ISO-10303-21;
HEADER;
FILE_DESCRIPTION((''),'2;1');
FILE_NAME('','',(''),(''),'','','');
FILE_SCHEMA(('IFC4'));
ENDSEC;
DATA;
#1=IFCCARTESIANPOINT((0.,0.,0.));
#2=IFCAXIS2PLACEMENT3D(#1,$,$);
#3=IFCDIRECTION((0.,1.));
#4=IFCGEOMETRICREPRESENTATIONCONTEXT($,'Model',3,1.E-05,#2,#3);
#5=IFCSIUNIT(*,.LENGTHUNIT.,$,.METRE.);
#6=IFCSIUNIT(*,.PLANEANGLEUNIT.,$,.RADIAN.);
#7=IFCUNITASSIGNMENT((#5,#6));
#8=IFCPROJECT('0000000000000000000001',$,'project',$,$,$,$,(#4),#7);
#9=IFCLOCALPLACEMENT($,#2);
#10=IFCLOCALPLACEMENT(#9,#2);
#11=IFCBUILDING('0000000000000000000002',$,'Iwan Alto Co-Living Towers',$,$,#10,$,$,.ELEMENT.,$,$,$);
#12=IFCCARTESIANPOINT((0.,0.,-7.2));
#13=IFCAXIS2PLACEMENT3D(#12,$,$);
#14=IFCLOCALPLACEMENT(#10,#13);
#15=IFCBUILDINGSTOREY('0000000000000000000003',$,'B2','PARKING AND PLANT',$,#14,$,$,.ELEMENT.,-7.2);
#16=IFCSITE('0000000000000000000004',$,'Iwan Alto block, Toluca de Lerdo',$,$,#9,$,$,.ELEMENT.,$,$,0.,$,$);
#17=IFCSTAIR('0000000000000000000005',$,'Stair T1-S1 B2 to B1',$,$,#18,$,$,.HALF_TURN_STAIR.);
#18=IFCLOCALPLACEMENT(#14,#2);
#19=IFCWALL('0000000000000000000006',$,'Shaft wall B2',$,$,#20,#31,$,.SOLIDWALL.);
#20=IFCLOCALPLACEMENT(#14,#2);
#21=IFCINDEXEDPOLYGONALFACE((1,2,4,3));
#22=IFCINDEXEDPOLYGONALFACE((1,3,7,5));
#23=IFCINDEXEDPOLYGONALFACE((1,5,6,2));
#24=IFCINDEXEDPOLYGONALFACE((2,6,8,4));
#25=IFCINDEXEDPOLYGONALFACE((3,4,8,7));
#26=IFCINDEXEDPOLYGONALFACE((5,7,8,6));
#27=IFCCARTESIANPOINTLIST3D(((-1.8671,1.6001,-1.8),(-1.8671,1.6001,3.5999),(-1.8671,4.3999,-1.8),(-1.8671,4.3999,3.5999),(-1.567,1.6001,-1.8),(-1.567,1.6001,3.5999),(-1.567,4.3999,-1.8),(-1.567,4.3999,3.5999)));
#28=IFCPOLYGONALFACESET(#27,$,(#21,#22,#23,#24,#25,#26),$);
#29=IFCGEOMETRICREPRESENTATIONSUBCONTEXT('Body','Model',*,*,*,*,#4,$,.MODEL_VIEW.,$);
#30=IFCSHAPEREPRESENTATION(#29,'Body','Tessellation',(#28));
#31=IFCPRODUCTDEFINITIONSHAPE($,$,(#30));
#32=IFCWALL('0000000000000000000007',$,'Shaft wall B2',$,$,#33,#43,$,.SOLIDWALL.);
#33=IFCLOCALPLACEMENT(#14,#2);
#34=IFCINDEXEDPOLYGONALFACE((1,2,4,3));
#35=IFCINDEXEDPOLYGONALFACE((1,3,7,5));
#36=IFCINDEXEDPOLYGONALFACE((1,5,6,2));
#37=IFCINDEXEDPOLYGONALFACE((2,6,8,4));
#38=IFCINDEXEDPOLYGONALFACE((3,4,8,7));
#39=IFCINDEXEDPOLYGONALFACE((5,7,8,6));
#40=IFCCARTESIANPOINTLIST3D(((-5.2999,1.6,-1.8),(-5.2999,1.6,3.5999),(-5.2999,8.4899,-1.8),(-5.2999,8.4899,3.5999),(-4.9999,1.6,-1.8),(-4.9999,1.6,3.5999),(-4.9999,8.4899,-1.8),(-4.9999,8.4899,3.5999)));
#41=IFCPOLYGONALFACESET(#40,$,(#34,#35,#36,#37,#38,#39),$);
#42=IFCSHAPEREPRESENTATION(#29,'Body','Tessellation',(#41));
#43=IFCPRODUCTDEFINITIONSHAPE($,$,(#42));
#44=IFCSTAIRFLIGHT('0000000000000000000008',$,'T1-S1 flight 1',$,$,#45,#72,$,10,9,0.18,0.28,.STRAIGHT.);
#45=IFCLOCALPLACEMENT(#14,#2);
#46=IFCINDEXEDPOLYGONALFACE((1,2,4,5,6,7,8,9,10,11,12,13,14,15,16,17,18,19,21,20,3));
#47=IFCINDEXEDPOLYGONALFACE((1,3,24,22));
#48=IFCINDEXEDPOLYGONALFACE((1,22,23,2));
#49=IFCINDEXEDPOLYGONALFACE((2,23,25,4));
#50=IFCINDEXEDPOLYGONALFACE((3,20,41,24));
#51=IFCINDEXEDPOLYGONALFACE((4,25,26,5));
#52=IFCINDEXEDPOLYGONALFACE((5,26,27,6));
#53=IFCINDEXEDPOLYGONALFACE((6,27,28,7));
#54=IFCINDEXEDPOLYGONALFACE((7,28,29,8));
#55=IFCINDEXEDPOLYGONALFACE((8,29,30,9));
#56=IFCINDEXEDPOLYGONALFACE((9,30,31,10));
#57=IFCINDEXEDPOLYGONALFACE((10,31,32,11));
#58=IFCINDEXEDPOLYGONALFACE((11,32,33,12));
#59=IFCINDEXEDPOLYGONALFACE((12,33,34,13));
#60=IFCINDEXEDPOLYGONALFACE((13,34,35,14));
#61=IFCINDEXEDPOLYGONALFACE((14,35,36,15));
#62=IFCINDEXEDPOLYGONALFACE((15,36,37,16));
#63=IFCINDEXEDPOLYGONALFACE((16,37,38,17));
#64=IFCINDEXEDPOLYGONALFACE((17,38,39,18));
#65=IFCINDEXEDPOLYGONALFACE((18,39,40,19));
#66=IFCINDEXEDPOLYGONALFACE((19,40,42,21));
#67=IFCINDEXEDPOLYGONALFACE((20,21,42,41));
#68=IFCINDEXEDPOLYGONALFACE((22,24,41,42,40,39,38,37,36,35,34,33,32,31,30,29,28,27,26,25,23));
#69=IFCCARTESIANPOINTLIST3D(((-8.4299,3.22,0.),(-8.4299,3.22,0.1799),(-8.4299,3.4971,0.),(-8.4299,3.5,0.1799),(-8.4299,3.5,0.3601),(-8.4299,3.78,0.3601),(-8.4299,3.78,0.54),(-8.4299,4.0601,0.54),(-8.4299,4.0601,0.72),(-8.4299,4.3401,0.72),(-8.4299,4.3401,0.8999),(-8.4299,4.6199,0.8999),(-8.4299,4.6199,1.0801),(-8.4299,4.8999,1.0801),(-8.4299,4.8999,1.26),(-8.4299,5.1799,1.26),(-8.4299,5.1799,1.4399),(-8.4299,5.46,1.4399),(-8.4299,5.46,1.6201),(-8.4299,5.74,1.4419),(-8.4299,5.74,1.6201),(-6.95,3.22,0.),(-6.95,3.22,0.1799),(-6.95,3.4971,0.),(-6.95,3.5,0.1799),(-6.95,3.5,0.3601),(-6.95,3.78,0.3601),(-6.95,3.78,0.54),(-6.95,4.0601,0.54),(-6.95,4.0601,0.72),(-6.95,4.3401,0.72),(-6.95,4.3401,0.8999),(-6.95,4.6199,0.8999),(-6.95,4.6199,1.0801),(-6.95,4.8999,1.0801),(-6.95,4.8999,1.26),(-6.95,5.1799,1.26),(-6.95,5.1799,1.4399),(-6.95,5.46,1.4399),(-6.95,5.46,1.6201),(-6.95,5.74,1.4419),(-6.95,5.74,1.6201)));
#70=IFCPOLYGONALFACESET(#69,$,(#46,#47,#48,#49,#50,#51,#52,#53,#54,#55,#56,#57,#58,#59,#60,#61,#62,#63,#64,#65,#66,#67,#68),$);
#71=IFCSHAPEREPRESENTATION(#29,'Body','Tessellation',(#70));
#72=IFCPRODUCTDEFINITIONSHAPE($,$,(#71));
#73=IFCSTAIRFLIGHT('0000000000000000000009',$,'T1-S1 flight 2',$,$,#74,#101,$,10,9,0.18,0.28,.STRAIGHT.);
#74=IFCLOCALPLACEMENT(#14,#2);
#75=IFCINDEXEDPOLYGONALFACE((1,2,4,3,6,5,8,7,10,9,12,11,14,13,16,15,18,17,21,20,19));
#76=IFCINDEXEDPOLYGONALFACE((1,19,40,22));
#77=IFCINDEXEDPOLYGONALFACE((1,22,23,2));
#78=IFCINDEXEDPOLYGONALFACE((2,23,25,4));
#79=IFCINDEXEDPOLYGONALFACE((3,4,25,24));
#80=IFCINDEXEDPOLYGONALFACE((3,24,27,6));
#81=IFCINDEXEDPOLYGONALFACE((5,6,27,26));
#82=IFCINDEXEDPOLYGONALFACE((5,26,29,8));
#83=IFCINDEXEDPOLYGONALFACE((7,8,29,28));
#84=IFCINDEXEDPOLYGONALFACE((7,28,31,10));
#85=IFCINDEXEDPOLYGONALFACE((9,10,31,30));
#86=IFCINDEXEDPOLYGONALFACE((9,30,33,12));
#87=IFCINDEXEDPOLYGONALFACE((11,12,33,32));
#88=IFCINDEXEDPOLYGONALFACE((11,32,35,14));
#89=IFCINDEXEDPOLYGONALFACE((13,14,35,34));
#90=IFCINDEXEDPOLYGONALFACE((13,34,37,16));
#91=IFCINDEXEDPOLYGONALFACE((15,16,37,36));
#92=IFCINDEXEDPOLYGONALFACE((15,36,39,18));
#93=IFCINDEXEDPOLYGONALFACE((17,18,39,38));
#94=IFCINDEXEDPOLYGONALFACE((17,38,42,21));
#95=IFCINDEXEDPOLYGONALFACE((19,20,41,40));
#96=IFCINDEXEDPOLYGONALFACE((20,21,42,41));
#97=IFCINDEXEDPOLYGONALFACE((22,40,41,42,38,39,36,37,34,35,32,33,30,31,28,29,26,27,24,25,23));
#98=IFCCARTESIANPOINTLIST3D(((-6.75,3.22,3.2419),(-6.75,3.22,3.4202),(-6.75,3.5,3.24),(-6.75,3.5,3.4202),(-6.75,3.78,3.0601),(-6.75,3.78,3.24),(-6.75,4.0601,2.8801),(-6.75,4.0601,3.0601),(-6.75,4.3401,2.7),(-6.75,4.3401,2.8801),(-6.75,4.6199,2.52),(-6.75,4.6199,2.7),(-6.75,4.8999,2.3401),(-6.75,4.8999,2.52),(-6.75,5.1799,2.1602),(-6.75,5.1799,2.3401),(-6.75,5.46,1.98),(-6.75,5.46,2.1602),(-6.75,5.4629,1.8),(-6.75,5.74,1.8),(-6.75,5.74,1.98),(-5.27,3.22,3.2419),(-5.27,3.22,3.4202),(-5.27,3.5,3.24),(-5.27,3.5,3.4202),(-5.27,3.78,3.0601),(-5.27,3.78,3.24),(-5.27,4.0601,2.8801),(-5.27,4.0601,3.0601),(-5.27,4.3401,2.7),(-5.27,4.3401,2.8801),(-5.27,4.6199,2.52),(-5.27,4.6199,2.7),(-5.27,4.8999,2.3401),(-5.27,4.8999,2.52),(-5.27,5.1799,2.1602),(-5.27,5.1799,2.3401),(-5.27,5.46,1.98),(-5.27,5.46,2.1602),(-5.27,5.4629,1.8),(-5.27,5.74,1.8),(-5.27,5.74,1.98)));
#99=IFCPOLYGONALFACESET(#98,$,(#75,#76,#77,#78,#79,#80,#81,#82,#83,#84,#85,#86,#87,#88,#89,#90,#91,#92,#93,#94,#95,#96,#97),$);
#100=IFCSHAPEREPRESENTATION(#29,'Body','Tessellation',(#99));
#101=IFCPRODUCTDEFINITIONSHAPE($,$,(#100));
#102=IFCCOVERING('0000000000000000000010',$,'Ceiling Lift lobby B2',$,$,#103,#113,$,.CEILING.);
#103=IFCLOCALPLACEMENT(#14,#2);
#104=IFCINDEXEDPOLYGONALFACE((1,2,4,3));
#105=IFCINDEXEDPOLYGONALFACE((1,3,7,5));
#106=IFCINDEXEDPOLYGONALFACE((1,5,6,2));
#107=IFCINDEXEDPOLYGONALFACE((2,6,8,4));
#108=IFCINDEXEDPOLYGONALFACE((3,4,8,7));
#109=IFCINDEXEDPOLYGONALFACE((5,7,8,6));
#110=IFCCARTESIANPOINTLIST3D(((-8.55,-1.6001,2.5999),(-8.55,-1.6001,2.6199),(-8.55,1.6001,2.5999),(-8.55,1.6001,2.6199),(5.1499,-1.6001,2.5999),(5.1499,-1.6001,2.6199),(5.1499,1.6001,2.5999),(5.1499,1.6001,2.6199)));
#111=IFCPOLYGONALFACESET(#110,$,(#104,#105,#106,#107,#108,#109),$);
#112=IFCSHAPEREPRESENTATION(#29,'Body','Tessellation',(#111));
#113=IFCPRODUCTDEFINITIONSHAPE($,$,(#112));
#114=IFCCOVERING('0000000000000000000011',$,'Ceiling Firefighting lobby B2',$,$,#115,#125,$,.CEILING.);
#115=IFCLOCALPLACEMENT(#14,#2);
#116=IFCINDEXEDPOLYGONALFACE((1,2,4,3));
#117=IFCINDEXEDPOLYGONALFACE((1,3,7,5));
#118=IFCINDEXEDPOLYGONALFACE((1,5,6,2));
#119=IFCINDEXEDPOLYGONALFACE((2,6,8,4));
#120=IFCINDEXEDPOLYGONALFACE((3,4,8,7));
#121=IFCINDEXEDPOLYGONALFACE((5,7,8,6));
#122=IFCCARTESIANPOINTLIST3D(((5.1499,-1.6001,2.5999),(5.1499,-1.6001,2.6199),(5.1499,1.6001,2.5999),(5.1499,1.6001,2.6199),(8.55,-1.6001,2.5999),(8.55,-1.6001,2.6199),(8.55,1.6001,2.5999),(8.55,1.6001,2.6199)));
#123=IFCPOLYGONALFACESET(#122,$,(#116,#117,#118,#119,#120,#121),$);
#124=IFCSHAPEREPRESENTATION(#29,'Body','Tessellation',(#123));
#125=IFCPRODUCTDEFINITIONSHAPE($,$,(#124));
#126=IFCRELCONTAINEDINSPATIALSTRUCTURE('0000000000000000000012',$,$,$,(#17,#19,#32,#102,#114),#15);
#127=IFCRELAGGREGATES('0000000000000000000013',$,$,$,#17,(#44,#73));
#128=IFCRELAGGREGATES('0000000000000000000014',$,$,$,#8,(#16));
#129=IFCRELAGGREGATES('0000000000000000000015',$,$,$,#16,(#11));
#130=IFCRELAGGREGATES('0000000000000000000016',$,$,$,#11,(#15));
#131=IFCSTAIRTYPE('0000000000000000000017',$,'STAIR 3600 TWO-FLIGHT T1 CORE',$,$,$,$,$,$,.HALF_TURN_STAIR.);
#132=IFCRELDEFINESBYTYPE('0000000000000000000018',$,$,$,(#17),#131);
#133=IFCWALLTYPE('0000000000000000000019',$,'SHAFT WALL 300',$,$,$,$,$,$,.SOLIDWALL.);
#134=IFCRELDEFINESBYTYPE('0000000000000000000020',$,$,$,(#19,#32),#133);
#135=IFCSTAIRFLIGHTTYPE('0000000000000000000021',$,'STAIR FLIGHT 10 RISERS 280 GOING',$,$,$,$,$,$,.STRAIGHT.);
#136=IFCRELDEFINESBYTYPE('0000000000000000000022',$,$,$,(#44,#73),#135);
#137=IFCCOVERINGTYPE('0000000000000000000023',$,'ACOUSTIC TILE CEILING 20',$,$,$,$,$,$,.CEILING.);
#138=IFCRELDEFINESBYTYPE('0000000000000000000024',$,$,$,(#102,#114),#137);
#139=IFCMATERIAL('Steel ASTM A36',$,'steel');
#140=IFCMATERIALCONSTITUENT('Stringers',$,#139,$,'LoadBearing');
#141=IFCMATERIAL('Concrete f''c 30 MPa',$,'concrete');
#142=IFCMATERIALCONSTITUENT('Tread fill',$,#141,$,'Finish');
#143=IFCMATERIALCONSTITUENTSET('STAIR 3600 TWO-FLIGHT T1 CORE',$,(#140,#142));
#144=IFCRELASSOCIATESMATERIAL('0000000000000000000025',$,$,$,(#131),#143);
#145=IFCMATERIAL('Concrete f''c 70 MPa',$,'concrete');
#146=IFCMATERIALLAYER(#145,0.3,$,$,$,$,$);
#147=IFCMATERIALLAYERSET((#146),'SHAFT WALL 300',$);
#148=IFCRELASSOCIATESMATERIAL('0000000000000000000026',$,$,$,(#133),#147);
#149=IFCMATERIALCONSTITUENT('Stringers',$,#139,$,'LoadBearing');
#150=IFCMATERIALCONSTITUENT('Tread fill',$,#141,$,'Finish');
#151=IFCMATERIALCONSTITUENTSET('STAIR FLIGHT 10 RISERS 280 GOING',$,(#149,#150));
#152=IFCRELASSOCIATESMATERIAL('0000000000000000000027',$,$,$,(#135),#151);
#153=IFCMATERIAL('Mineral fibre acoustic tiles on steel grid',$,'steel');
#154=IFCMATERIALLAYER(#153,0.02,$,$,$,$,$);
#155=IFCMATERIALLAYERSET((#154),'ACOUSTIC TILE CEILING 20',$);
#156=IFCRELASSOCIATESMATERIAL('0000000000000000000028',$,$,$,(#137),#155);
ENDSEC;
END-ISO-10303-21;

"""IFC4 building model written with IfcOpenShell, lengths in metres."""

from ifc_helpers import new_model, si_unit, direction, frame, frame_2d, origin, place, context, subcontext, project, spatial, polyline, rectangle, outline, extrude, material, layer, layer_set, constituent, constituent_set, type_object, element, aggregate, save


model = new_model("IFC4")

# Units and contexts
model_context = context("Model", 3, precision=1e-05, world=origin(), true_north=direction((0.0, 1.0)))
body_context = subcontext(model_context, "Body", "Model", "MODEL_VIEW")
ifc_project = project(units=[si_unit("LENGTHUNIT", "METRE"), si_unit("PLANEANGLEUNIT", "RADIAN")], contexts=[model_context])

# Site, building, storey
site_placement = place(None, origin())
site = spatial("IfcSite", under=ifc_project, at=site_placement, Name="Iwan Alto block, Toluca de Lerdo", CompositionType="ELEMENT", RefElevation=0.0)
building_placement = place(site_placement, origin())
building = spatial("IfcBuilding", under=site, at=building_placement, Name="Iwan Alto Co-Living Towers", CompositionType="ELEMENT")
storey_placement = place(building_placement, frame((0.0, 0.0, -7.2)))
storey = spatial("IfcBuildingStorey", under=building, at=storey_placement, Name="B2", Description="PARKING AND PLANT", CompositionType="ELEMENT", Elevation=-7.2)

# Stair
ifc_material_1 = material(Name="Steel ASTM A36", Category="steel")
ifc_material_2 = material(Name="Concrete f'c 30 MPa", Category="concrete")
ifc_constituent_1 = constituent(ifc_material_1, Name="Stringers", Category="LoadBearing")
ifc_constituent_2 = constituent(ifc_material_2, Name="Tread fill", Category="Finish")
ifc_constituent_set_1 = constituent_set(constituents=[ifc_constituent_1, ifc_constituent_2], Name="STAIR 3600 TWO-FLIGHT T1 CORE")
stair_type_1 = type_object("IfcStairType", Name="STAIR 3600 TWO-FLIGHT T1 CORE", PredefinedType="HALF_TURN_STAIR", material=ifc_constituent_set_1)
stair_1_placement = place(storey_placement, origin())
stair_1 = element("IfcStair", 1, at=stair_1_placement, inside=storey, type_object=stair_type_1, Name="Stair T1-S1 B2 to B1", PredefinedType="HALF_TURN_STAIR")

# Walls
ifc_material_3 = material(Name="Concrete f'c 70 MPa", Category="concrete")
ifc_layer_1 = layer(ifc_material_3, 0.3)
ifc_layer_set_1 = layer_set([ifc_layer_1], Name="SHAFT WALL 300")
wall_type = type_object("IfcWallType", Name="SHAFT WALL 300", PredefinedType="SOLIDWALL", material=ifc_layer_set_1)
wall_1_placement = place(storey_placement, frame((-1.717, 1.6001, -1.8), z_axis=(0.0, 0.0, 1.0), x_axis=(0.0, 1.0, 0.0)))
element("IfcWall", 2, at=wall_1_placement, inside=storey, type_object=wall_type, Name="Shaft wall B2", PredefinedType="SOLIDWALL", context=body_context, shape_type="SweptSolid", body=[
    extrude(rectangle(XDim=2.7998, YDim=0.3, at=frame_2d((1.3999, 0.0))), origin(), (0.0, 0.0, 1.0), 5.3999),
])
wall_2_placement = place(storey_placement, frame((-5.1499, 1.6001, -1.8), z_axis=(0.0, 0.0, 1.0), x_axis=(0.0, 1.0, 0.0)))
element("IfcWall", 3, at=wall_2_placement, inside=storey, type_object=wall_type, Name="Shaft wall B2", PredefinedType="SOLIDWALL", context=body_context, shape_type="SweptSolid", body=[
    extrude(rectangle(XDim=6.8899, YDim=0.3, at=frame_2d((3.4448, 0.0))), origin(), (0.0, 0.0, 1.0), 5.3999),
])

# Stair flights
ifc_constituent_3 = constituent(ifc_material_1, Name="Stringers", Category="LoadBearing")
ifc_constituent_4 = constituent(ifc_material_2, Name="Tread fill", Category="Finish")
ifc_constituent_set_2 = constituent_set(constituents=[ifc_constituent_3, ifc_constituent_4], Name="STAIR FLIGHT 10 RISERS 280 GOING")
stair_flight_type = type_object("IfcStairFlightType", Name="STAIR FLIGHT 10 RISERS 280 GOING", PredefinedType="STRAIGHT", material=ifc_constituent_set_2)
stair_flight_1_placement = place(storey_placement, frame((-7.6899, 3.22, 0.0), z_axis=(0.0, 0.0, 1.0), x_axis=(0.0, 1.0, 0.0)))
stair_flight_1 = element("IfcStairFlight", 4, at=stair_flight_1_placement, type_object=stair_flight_type, Name="T1-S1 flight 1", NumberOfRisers=10, NumberOfTreads=9, PredefinedType="STRAIGHT", RiserHeight=0.18, TreadLength=0.28, context=body_context, shape_type="SweptSolid", body=[
    extrude(outline(polyline([(0.0, 0.0), (0.0, 0.1799), (0.28, 0.1799), (0.28, 0.3601), (0.5601, 0.3601), (0.5601, 0.54), (0.8401, 0.54), (0.8401, 0.72), (1.1201, 0.72), (1.1201, 0.8999), (1.3999, 0.8999), (1.3999, 1.0801), (1.6799, 1.0801), (1.6799, 1.26), (1.96, 1.26), (1.96, 1.4399), (2.24, 1.4399), (2.24, 1.6201), (2.52, 1.6201), (2.52, 1.8), (2.52, 1.4419), (0.2771, 0.0), (0.0, 0.0)])), frame((0.0, 0.74, 0.0), z_axis=(0.0, -1.0, 0.0), x_axis=(1.0, 0.0, 0.0)), (0.0, 0.0, 1.0), 1.48),
])
stair_flight_2_placement = place(storey_placement, frame((-6.01, 5.74, 1.8), z_axis=(0.0, 0.0, 1.0), x_axis=(0.0, -1.0, 0.0)))
stair_flight_2 = element("IfcStairFlight", 5, at=stair_flight_2_placement, type_object=stair_flight_type, Name="T1-S1 flight 2", NumberOfRisers=10, NumberOfTreads=9, PredefinedType="STRAIGHT", RiserHeight=0.18, TreadLength=0.28, context=body_context, shape_type="SweptSolid", body=[
    extrude(outline(polyline([(0.0, 0.0), (0.0, 0.1799), (0.28, 0.1799), (0.28, 0.3601), (0.5601, 0.3601), (0.5601, 0.54), (0.8401, 0.54), (0.8401, 0.72), (1.1201, 0.72), (1.1201, 0.8999), (1.3999, 0.8999), (1.3999, 1.0801), (1.6799, 1.0801), (1.6799, 1.26), (1.96, 1.26), (1.96, 1.4399), (2.24, 1.4399), (2.24, 1.6201), (2.52, 1.6201), (2.52, 1.8), (2.52, 1.4419), (0.2771, 0.0), (0.0, 0.0)])), frame((0.0, 0.74, 0.0), z_axis=(0.0, -1.0, 0.0), x_axis=(1.0, 0.0, 0.0)), (0.0, 0.0, 1.0), 1.48),
])
aggregate(stair_1, [stair_flight_1, stair_flight_2])

# Coverings
ifc_material_4 = material(Name="Mineral fibre acoustic tiles on steel grid", Category="steel")
ifc_layer_2 = layer(ifc_material_4, 0.02)
ifc_layer_set_2 = layer_set([ifc_layer_2], Name="ACOUSTIC TILE CEILING 20")
covering_type = type_object("IfcCoveringType", Name="ACOUSTIC TILE CEILING 20", PredefinedType="CEILING", material=ifc_layer_set_2)
covering_1_placement = place(storey_placement, frame((0.0, 0.0, 2.5999)))
element("IfcCovering", 6, at=covering_1_placement, inside=storey, type_object=covering_type, Name="Ceiling Lift lobby B2", PredefinedType="CEILING", context=body_context, shape_type="SweptSolid", body=[
    extrude(outline(polyline([(-8.55, -1.6001), (-8.55, 1.6001), (5.1499, 1.6001), (5.1499, -1.6001), (-8.55, -1.6001)])), origin(), (0.0, 0.0, 1.0), 0.02),
])
covering_2_placement = place(storey_placement, frame((0.0, 0.0, 2.5999)))
element("IfcCovering", 7, at=covering_2_placement, inside=storey, type_object=covering_type, Name="Ceiling Firefighting lobby B2", PredefinedType="CEILING", context=body_context, shape_type="SweptSolid", body=[
    extrude(outline(polyline([(5.1499, -1.6001), (5.1499, 1.6001), (8.55, 1.6001), (8.55, -1.6001), (5.1499, -1.6001)])), origin(), (0.0, 0.0, 1.0), 0.02),
])

save(model, "model.ifc")
